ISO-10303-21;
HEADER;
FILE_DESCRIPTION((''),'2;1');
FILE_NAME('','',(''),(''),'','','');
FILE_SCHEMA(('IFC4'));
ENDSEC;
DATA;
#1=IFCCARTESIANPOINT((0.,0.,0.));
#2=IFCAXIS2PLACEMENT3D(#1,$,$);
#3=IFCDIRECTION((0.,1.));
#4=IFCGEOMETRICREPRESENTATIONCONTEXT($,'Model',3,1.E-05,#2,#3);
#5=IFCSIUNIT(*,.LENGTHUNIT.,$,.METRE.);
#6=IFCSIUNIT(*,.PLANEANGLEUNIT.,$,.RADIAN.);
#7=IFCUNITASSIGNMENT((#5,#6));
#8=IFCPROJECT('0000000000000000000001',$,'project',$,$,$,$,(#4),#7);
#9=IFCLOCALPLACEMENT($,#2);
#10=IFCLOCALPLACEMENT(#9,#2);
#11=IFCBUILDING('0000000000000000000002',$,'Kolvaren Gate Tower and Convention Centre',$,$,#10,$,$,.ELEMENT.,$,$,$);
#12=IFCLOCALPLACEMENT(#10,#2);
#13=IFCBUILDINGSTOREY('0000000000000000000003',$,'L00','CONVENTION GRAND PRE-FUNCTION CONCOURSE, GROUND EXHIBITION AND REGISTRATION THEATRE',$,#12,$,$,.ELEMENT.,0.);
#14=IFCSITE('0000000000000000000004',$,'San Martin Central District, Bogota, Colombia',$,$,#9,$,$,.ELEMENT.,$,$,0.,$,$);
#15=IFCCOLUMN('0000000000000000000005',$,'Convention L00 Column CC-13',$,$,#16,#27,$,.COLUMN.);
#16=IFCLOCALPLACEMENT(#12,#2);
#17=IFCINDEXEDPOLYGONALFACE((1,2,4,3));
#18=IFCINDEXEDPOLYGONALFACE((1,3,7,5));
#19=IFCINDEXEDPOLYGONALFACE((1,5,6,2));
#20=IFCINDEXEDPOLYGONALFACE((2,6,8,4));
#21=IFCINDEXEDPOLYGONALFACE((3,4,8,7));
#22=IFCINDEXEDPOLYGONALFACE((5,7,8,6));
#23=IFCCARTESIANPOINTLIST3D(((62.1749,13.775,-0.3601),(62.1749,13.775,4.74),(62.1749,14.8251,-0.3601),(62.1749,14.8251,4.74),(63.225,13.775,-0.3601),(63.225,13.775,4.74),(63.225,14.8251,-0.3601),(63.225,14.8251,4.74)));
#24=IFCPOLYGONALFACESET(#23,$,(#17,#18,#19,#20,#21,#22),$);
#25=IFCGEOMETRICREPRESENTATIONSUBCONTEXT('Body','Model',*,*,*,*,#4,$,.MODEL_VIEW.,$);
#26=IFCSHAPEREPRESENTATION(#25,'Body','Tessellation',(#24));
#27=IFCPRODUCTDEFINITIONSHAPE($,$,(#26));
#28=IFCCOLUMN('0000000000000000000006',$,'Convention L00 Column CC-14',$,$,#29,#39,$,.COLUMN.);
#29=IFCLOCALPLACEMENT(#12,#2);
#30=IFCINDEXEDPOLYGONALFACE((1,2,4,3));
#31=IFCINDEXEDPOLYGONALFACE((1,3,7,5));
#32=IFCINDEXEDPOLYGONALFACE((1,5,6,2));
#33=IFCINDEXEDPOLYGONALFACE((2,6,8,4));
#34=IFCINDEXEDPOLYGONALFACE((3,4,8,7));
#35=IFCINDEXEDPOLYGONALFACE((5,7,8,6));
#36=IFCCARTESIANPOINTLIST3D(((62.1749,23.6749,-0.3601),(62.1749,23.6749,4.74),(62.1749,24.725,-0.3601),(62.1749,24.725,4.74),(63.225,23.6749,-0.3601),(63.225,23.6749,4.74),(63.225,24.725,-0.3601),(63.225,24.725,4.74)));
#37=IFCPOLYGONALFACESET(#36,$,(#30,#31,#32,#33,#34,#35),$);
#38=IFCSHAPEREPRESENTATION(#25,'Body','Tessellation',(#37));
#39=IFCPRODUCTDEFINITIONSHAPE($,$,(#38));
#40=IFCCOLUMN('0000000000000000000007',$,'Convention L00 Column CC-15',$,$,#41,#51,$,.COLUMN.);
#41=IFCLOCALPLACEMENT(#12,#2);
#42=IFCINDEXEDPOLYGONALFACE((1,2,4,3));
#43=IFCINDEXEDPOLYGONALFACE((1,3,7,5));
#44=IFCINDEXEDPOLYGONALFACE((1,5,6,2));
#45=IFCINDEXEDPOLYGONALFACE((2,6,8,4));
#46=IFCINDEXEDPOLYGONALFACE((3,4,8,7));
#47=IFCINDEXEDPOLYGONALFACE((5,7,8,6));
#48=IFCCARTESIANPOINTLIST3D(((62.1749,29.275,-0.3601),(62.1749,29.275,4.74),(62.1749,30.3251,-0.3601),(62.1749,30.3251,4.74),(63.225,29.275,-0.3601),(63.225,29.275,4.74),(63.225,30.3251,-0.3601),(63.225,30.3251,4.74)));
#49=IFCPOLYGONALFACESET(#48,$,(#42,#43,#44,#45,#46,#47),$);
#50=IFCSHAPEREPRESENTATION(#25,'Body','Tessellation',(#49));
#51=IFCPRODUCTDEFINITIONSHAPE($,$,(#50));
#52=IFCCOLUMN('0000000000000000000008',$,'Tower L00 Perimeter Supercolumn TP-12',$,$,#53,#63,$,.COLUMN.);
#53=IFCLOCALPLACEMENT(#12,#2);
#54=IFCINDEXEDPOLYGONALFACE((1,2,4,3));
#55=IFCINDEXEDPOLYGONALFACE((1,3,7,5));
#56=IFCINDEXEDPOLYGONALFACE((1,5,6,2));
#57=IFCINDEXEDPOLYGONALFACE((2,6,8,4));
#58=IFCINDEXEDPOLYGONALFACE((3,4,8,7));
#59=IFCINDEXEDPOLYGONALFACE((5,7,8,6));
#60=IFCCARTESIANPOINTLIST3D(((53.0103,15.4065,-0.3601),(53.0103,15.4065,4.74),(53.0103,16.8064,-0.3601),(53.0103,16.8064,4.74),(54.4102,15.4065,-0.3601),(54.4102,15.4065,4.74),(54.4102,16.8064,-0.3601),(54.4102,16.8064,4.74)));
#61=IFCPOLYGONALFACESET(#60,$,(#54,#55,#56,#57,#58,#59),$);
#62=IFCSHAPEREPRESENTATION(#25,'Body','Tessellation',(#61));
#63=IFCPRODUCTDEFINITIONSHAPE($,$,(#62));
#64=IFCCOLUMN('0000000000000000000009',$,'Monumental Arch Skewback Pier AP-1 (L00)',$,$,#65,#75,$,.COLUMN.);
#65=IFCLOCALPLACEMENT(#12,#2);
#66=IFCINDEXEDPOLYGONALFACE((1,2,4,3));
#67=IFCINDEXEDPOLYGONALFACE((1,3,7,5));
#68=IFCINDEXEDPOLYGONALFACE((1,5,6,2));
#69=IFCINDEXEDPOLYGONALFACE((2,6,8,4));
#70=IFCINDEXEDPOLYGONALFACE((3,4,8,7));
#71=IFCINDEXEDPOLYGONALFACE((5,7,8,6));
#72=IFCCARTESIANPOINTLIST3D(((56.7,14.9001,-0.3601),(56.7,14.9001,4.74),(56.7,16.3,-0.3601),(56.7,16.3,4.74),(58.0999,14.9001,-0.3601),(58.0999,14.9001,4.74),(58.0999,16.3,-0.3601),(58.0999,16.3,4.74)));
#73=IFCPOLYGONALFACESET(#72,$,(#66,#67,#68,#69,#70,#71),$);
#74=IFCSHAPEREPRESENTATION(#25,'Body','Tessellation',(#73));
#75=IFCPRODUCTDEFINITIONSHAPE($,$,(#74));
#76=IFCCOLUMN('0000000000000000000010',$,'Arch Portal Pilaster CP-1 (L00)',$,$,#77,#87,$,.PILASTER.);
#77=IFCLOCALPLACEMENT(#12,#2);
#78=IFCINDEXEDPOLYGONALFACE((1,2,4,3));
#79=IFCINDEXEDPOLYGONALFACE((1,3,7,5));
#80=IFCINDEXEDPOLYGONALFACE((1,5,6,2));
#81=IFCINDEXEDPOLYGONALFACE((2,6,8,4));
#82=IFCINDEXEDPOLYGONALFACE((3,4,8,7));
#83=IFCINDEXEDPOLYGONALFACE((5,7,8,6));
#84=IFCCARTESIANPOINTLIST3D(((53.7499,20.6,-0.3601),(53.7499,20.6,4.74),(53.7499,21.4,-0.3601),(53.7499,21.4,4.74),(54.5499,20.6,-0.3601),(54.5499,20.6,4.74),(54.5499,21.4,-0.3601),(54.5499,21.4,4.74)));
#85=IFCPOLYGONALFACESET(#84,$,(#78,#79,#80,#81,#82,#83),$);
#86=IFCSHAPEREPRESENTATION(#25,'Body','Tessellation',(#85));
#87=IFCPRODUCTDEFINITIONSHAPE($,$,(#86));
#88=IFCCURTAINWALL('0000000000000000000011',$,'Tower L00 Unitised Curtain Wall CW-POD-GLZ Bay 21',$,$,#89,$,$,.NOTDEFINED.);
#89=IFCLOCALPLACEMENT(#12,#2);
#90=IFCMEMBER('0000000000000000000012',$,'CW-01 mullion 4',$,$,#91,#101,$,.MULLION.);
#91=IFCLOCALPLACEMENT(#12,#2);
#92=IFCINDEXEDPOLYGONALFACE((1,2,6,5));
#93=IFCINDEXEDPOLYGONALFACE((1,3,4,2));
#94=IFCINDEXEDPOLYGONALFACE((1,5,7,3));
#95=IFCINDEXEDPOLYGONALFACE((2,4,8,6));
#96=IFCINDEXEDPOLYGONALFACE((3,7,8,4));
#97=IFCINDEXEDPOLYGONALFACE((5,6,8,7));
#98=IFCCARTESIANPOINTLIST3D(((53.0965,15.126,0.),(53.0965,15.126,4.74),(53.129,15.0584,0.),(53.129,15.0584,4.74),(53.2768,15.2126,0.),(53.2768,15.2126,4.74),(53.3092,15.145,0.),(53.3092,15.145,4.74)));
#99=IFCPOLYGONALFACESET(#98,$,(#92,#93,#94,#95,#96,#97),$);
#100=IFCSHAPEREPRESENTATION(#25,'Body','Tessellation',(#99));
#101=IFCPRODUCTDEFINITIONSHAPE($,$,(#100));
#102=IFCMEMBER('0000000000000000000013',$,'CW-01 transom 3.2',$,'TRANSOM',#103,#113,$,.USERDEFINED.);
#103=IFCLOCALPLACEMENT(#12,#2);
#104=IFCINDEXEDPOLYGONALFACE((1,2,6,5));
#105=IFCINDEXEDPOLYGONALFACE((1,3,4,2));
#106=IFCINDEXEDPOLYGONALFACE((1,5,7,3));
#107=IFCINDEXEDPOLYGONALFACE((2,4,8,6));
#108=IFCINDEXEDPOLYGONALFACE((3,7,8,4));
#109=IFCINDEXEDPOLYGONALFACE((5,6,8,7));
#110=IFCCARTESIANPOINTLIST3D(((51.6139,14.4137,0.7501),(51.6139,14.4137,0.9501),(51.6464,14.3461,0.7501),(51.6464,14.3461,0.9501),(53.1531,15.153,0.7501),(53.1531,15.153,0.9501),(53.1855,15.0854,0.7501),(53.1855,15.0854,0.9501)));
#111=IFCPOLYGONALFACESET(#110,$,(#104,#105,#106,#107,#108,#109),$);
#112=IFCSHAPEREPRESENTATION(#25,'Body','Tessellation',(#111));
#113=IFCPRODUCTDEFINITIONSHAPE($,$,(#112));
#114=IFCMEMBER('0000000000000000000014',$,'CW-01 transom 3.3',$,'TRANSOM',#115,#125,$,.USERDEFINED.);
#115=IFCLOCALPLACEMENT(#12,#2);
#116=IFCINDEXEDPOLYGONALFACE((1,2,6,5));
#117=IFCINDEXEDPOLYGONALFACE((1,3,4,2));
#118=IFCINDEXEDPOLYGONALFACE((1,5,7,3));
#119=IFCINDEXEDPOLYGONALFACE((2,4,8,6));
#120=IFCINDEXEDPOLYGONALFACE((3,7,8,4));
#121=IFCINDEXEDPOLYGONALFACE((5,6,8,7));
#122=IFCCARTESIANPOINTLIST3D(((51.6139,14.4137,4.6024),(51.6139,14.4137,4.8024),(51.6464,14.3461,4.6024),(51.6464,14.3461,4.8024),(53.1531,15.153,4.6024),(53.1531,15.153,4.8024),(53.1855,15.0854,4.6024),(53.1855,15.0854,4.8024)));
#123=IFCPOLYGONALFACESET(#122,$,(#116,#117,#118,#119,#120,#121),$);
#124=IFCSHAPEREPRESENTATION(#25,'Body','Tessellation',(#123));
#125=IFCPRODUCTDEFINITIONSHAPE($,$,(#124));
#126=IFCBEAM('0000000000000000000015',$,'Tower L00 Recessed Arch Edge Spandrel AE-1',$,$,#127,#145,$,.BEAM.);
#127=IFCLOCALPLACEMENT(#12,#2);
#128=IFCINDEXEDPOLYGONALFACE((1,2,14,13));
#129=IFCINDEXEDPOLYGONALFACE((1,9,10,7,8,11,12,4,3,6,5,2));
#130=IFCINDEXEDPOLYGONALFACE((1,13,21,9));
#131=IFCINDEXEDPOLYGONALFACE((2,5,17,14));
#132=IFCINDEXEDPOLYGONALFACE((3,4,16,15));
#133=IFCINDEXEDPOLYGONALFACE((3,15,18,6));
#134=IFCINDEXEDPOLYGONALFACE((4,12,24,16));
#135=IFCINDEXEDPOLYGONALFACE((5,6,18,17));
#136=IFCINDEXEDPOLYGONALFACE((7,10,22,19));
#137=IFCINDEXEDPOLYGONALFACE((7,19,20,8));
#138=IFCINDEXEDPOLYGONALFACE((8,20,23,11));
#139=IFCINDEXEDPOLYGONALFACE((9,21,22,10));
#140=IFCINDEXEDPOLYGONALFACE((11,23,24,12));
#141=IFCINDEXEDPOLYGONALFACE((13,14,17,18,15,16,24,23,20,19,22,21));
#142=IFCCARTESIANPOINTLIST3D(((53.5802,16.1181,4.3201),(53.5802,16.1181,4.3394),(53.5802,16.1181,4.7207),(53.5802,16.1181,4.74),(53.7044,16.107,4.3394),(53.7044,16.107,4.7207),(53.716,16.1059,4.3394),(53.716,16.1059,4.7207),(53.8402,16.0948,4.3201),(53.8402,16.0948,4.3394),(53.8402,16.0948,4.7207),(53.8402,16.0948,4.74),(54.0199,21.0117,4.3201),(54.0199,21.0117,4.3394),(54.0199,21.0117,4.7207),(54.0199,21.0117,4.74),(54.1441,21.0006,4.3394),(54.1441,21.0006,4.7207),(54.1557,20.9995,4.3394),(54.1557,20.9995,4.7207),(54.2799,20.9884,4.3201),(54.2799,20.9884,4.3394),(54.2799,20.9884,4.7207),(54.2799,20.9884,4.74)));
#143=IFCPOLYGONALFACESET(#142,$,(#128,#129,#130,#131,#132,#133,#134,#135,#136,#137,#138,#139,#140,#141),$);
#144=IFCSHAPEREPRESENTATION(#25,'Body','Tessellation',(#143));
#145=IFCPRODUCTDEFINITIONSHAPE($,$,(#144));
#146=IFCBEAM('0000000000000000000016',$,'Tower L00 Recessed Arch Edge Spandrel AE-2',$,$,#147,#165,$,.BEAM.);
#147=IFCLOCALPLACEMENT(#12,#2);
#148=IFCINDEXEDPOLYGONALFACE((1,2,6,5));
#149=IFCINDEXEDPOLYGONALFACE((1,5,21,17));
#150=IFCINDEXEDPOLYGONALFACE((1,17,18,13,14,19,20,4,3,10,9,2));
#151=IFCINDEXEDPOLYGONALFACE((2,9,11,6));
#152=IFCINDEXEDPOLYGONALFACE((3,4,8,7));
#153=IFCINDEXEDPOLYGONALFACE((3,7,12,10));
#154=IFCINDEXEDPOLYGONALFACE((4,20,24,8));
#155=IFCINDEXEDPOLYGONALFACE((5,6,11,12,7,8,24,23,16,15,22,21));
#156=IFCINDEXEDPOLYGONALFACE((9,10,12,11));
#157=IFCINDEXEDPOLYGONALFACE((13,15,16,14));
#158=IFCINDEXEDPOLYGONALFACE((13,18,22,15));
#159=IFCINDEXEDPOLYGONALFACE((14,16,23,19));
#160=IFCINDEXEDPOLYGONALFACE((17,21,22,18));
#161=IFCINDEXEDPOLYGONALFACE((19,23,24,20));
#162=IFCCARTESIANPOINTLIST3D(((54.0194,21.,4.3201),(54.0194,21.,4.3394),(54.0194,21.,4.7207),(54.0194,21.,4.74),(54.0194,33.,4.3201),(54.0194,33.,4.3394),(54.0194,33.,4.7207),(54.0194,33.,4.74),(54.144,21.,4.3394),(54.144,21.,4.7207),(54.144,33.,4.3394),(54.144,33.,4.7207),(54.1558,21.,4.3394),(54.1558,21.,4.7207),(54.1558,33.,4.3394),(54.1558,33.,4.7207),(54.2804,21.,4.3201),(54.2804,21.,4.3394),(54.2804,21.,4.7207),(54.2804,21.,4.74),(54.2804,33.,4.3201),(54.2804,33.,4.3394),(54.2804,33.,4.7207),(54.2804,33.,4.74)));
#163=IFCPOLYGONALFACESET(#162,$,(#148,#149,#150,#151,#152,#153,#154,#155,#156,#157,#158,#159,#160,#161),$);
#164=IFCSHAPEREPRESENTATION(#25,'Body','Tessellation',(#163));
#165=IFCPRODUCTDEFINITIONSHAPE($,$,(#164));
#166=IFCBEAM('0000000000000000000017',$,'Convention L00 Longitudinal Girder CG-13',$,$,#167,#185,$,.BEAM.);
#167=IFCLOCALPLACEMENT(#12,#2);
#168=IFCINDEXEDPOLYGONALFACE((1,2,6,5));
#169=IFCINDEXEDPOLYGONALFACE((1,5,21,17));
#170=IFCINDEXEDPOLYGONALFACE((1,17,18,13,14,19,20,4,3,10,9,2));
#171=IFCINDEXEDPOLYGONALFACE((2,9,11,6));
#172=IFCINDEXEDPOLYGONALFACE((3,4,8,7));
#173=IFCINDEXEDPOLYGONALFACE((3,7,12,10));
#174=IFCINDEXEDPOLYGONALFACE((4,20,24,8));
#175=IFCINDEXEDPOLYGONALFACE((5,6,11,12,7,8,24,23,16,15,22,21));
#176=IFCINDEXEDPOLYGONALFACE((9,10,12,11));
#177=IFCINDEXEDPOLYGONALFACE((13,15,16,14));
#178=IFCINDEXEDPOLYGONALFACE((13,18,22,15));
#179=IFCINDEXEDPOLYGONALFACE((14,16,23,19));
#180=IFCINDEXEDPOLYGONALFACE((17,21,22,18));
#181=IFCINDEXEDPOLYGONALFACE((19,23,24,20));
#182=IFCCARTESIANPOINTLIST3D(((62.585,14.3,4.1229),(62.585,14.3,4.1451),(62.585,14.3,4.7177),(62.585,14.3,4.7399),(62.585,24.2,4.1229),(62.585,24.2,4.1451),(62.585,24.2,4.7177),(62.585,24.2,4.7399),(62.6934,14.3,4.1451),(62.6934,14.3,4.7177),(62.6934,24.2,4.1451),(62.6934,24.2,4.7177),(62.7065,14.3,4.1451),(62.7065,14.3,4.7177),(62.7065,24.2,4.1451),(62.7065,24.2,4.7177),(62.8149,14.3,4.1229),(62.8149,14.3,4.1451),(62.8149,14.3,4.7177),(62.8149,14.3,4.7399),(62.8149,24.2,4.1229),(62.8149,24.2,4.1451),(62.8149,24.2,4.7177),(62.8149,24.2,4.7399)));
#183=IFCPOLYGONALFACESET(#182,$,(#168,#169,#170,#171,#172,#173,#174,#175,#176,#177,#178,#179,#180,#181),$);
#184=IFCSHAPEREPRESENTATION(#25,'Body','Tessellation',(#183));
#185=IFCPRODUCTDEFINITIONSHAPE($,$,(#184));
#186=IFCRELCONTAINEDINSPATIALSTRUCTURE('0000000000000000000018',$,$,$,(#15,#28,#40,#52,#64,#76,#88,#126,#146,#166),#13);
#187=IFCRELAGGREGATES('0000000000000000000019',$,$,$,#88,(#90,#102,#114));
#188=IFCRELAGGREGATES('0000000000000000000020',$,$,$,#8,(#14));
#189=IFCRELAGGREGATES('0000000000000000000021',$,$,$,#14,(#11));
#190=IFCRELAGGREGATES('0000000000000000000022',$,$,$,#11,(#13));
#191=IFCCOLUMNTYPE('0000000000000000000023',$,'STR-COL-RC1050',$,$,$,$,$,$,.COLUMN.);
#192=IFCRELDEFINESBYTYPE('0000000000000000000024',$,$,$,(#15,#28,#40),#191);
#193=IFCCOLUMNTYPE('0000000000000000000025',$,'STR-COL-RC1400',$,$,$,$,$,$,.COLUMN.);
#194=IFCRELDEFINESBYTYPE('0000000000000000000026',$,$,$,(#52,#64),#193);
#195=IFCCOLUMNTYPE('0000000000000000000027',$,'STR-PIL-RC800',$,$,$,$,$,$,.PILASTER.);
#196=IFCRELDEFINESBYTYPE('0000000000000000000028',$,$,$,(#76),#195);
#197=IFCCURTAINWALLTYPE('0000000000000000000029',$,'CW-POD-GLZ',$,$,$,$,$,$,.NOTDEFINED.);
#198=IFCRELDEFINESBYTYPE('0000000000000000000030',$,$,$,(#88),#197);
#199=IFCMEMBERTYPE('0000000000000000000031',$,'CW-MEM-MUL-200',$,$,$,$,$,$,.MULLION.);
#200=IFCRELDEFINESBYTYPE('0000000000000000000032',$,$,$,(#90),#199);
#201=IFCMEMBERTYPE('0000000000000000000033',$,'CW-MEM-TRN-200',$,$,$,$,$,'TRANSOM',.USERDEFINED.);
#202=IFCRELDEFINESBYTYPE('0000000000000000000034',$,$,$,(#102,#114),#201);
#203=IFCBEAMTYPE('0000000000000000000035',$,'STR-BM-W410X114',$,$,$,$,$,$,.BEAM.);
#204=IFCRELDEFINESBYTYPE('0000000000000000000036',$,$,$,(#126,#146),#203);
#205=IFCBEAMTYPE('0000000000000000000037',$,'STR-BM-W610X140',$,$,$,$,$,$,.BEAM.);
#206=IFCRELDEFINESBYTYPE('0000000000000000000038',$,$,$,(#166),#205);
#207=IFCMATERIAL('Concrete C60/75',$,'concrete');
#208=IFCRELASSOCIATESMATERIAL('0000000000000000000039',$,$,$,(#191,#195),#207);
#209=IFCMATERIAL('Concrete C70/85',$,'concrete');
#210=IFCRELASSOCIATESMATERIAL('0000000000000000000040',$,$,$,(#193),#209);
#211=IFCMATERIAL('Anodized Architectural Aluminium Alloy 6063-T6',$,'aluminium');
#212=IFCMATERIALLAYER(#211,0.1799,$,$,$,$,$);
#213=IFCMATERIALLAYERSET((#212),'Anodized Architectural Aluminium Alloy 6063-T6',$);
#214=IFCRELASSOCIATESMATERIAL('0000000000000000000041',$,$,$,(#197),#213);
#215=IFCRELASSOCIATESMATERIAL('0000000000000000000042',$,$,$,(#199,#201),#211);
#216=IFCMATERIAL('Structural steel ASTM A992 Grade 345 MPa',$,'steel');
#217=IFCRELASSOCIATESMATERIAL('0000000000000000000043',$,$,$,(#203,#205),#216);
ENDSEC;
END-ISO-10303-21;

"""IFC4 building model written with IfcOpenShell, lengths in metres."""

from ifc_helpers import new_model, si_unit, direction, frame, origin, origin_2d, place, context, subcontext, project, spatial, rectangle, i_section, extrude, material, layer, layer_set, material_profile, profile_set, type_object, element, aggregate, save


model = new_model("IFC4")

# Units and contexts
model_context = context("Model", 3, precision=1e-05, world=origin(), true_north=direction((0.0, 1.0)))
body_context = subcontext(model_context, "Body", "Model", "MODEL_VIEW")
ifc_project = project(units=[si_unit("LENGTHUNIT", "METRE"), si_unit("PLANEANGLEUNIT", "RADIAN")], contexts=[model_context])

# Site, building, storey
site_placement = place(None, origin())
site = spatial("IfcSite", under=ifc_project, at=site_placement, Name="San Martin Central District, Bogota, Colombia", CompositionType="ELEMENT", RefElevation=0.0)
building_placement = place(site_placement, origin())
building = spatial("IfcBuilding", under=site, at=building_placement, Name="Kolvaren Gate Tower and Convention Centre", CompositionType="ELEMENT")
storey_placement = place(building_placement, origin())
storey = spatial("IfcBuildingStorey", under=building, at=storey_placement, Name="L00", Description="CONVENTION GRAND PRE-FUNCTION CONCOURSE, GROUND EXHIBITION AND REGISTRATION THEATRE", CompositionType="ELEMENT", Elevation=0.0)

# Columns
ifc_material_1 = material(Name="Concrete C60/75", Category="concrete")
ifc_material_profile_1 = material_profile(ifc_material_1, rectangle(XDim=1.05, YDim=1.05, at=origin_2d()), Name="RC-COL-1050X1050")
ifc_profile_set_1 = profile_set([ifc_material_profile_1], Name="Concrete C60/75")
column_type_1 = type_object("IfcColumnType", Name="STR-COL-RC1050", PredefinedType="COLUMN", material=ifc_profile_set_1)
for number, where, z_axis, x_axis, name in (
    (1, (62.7, 14.3, -0.3601), (0.0, 0.0, 1.0), (1.0, 0.0, 0.0), "Convention L00 Column CC-13"),
    (2, (62.7, 24.2, -0.3601), (0.0, 0.0, 1.0), (1.0, 0.0, 0.0), "Convention L00 Column CC-14"),
    (3, (62.7, 29.8, -0.3601), (0.0, 0.0, 1.0), (1.0, 0.0, 0.0), "Convention L00 Column CC-15"),
):
    element("IfcColumn", number, at=place(storey_placement, frame(where, z_axis=z_axis, x_axis=x_axis)), inside=storey, type_object=column_type_1, Name=name, PredefinedType="COLUMN", context=body_context, shape_type="SweptSolid", body=[
        extrude(rectangle(XDim=1.05, YDim=1.05, at=origin_2d()), origin(), (0.0, 0.0, 1.0), 5.1001),
    ])
ifc_material_2 = material(Name="Concrete C70/85", Category="concrete")
ifc_material_profile_2 = material_profile(ifc_material_2, rectangle(XDim=1.3999, YDim=1.3999, at=origin_2d()), Name="RC-COL-1400X1400")
ifc_profile_set_2 = profile_set([ifc_material_profile_2], Name="Concrete C70/85")
column_type_2 = type_object("IfcColumnType", Name="STR-COL-RC1400", PredefinedType="COLUMN", material=ifc_profile_set_2)
for number, where, z_axis, x_axis, name in (
    (4, (53.7102, 16.1064, -0.3601), (0.0, 0.0, 1.0), (1.0, 0.0, 0.0), "Tower L00 Perimeter Supercolumn TP-12"),
    (5, (57.3999, 15.6001, -0.3601), (0.0, 0.0, 1.0), (1.0, 0.0, 0.0), "Monumental Arch Skewback Pier AP-1 (L00)"),
):
    element("IfcColumn", number, at=place(storey_placement, frame(where, z_axis=z_axis, x_axis=x_axis)), inside=storey, type_object=column_type_2, Name=name, PredefinedType="COLUMN", context=body_context, shape_type="SweptSolid", body=[
        extrude(rectangle(XDim=1.3999, YDim=1.3999, at=origin_2d()), origin(), (0.0, 0.0, 1.0), 5.1001),
    ])
ifc_material_profile_3 = material_profile(ifc_material_1, rectangle(XDim=0.8, YDim=0.8, at=origin_2d()), Name="RC-COL-800X800")
ifc_profile_set_3 = profile_set([ifc_material_profile_3], Name="Concrete C60/75")
column_type_3 = type_object("IfcColumnType", Name="STR-PIL-RC800", PredefinedType="PILASTER", material=ifc_profile_set_3)
column_placement = place(storey_placement, frame((54.1499, 21.0, -0.3601), z_axis=(0.0, 0.0, 1.0), x_axis=(1.0, 0.0, 0.0)))
element("IfcColumn", 6, at=column_placement, inside=storey, type_object=column_type_3, Name="Arch Portal Pilaster CP-1 (L00)", PredefinedType="PILASTER", context=body_context, shape_type="SweptSolid", body=[
    extrude(rectangle(XDim=0.8, YDim=0.8, at=origin_2d()), origin(), (0.0, 0.0, 1.0), 5.1001),
])

# Curtain wall, members
ifc_material_3 = material(Name="Anodized Architectural Aluminium Alloy 6063-T6", Category="aluminium")
ifc_layer_1 = layer(ifc_material_3, 0.1799)
ifc_layer_set_1 = layer_set([ifc_layer_1], Name="Anodized Architectural Aluminium Alloy 6063-T6")
curtain_wall_type = type_object("IfcCurtainWallType", Name="CW-POD-GLZ", PredefinedType="NOTDEFINED", material=ifc_layer_set_1)
curtain_wall_placement = place(storey_placement, origin())
curtain_wall = element("IfcCurtainWall", 7, at=curtain_wall_placement, inside=storey, type_object=curtain_wall_type, Name="Tower L00 Unitised Curtain Wall CW-POD-GLZ Bay 21", PredefinedType="NOTDEFINED")
ifc_material_profile_4 = material_profile(ifc_material_3, rectangle(XDim=0.075, YDim=0.2, at=origin_2d()), Name="CW-MEM-MUL-200")
ifc_profile_set_4 = profile_set([ifc_material_profile_4], Name="Anodized Architectural Aluminium Alloy 6063-T6")
member_type_1 = type_object("IfcMemberType", Name="CW-MEM-MUL-200", PredefinedType="MULLION", material=ifc_profile_set_4)
member_1_placement = place(storey_placement, frame((53.2029, 15.1355, 0.0), z_axis=(0.0, 0.0, 1.0), x_axis=(-0.433063, 0.901364, 0.0)))
member_1 = element("IfcMember", 8, at=member_1_placement, type_object=member_type_1, Name="CW-01 mullion 4", PredefinedType="MULLION", context=body_context, shape_type="SweptSolid", body=[
    extrude(rectangle(XDim=0.075, YDim=0.2, at=origin_2d()), origin(), (0.0, 0.0, 1.0), 4.74),
])
ifc_material_profile_5 = material_profile(ifc_material_3, rectangle(XDim=0.075, YDim=0.2, at=origin_2d()), Name="CW-MEM-TRN-200")
ifc_profile_set_5 = profile_set([ifc_material_profile_5], Name="Anodized Architectural Aluminium Alloy 6063-T6")
member_type_2 = type_object("IfcMemberType", Name="CW-MEM-TRN-200", ElementType="TRANSOM", PredefinedType="USERDEFINED", material=ifc_profile_set_5)
member_2_placement = place(storey_placement, frame((51.6301, 14.3799, 0.8501), z_axis=(0.901407, 0.432973, 0.0), x_axis=(-0.432973, 0.901407, 0.0)))
member_2 = element("IfcMember", 9, at=member_2_placement, type_object=member_type_2, Name="CW-01 transom 3.2", ObjectType="TRANSOM", PredefinedType="USERDEFINED", context=body_context, shape_type="SweptSolid", body=[
    extrude(rectangle(XDim=0.075, YDim=0.2, at=origin_2d()), origin(), (0.0, 0.0, 1.0), 1.7075),
])
member_3_placement = place(storey_placement, frame((51.6301, 14.3799, 4.7024), z_axis=(0.901407, 0.432973, 0.0), x_axis=(-0.432973, 0.901407, 0.0)))
member_3 = element("IfcMember", 10, at=member_3_placement, type_object=member_type_2, Name="CW-01 transom 3.3", ObjectType="TRANSOM", PredefinedType="USERDEFINED", context=body_context, shape_type="SweptSolid", body=[
    extrude(rectangle(XDim=0.075, YDim=0.2, at=origin_2d()), origin(), (0.0, 0.0, 1.0), 1.7075),
])

# Beams
ifc_material_4 = material(Name="Structural steel ASTM A992 Grade 345 MPa", Category="steel")
ifc_material_profile_6 = material_profile(ifc_material_4, i_section(OverallWidth=0.261, OverallDepth=0.4199, WebThickness=0.0117, FlangeThickness=0.0193, at=origin_2d()), Name="W410X114")
ifc_profile_set_6 = profile_set([ifc_material_profile_6], Name="Structural steel ASTM A992 Grade 345 MPa")
beam_type_1 = type_object("IfcBeamType", Name="STR-BM-W410X114", PredefinedType="BEAM", material=ifc_profile_set_6)
beam_1_placement = place(storey_placement, frame((53.7102, 16.1064, 4.53), z_axis=(0.089492, 0.995988, 0.0), x_axis=(-0.995988, 0.089492, 0.0)))
element("IfcBeam", 11, at=beam_1_placement, inside=storey, type_object=beam_type_1, Name="Tower L00 Recessed Arch Edge Spandrel AE-1", PredefinedType="BEAM", context=body_context, shape_type="SweptSolid", body=[
    extrude(i_section(OverallWidth=0.261, OverallDepth=0.4199, WebThickness=0.0117, FlangeThickness=0.0193, at=origin_2d()), origin(), (0.0, 0.0, 1.0), 4.9133),
])
beam_2_placement = place(storey_placement, frame((54.1499, 21.0, 4.53), z_axis=(0.0, 1.0, 0.0), x_axis=(-1.0, 0.0, 0.0)))
element("IfcBeam", 12, at=beam_2_placement, inside=storey, type_object=beam_type_1, Name="Tower L00 Recessed Arch Edge Spandrel AE-2", PredefinedType="BEAM", context=body_context, shape_type="SweptSolid", body=[
    extrude(i_section(OverallWidth=0.261, OverallDepth=0.4199, WebThickness=0.0117, FlangeThickness=0.0193, at=origin_2d()), origin(), (0.0, 0.0, 1.0), 12.0),
])
ifc_material_profile_7 = material_profile(ifc_material_4, i_section(OverallWidth=0.23, OverallDepth=0.6169, WebThickness=0.0132, FlangeThickness=0.0222, at=origin_2d()), Name="W610X140")
ifc_profile_set_7 = profile_set([ifc_material_profile_7], Name="Structural steel ASTM A992 Grade 345 MPa")
beam_type_2 = type_object("IfcBeamType", Name="STR-BM-W610X140", PredefinedType="BEAM", material=ifc_profile_set_7)
beam_3_placement = place(storey_placement, frame((62.7, 14.3, 4.4314), z_axis=(0.0, 1.0, 0.0), x_axis=(-1.0, 0.0, 0.0)))
element("IfcBeam", 13, at=beam_3_placement, inside=storey, type_object=beam_type_2, Name="Convention L00 Longitudinal Girder CG-13", PredefinedType="BEAM", context=body_context, shape_type="SweptSolid", body=[
    extrude(i_section(OverallWidth=0.23, OverallDepth=0.6169, WebThickness=0.0132, FlangeThickness=0.0222, at=origin_2d()), origin(), (0.0, 0.0, 1.0), 9.8999),
])

aggregate(curtain_wall, [member_1, member_2, member_3])

save(model, "model.ifc")
